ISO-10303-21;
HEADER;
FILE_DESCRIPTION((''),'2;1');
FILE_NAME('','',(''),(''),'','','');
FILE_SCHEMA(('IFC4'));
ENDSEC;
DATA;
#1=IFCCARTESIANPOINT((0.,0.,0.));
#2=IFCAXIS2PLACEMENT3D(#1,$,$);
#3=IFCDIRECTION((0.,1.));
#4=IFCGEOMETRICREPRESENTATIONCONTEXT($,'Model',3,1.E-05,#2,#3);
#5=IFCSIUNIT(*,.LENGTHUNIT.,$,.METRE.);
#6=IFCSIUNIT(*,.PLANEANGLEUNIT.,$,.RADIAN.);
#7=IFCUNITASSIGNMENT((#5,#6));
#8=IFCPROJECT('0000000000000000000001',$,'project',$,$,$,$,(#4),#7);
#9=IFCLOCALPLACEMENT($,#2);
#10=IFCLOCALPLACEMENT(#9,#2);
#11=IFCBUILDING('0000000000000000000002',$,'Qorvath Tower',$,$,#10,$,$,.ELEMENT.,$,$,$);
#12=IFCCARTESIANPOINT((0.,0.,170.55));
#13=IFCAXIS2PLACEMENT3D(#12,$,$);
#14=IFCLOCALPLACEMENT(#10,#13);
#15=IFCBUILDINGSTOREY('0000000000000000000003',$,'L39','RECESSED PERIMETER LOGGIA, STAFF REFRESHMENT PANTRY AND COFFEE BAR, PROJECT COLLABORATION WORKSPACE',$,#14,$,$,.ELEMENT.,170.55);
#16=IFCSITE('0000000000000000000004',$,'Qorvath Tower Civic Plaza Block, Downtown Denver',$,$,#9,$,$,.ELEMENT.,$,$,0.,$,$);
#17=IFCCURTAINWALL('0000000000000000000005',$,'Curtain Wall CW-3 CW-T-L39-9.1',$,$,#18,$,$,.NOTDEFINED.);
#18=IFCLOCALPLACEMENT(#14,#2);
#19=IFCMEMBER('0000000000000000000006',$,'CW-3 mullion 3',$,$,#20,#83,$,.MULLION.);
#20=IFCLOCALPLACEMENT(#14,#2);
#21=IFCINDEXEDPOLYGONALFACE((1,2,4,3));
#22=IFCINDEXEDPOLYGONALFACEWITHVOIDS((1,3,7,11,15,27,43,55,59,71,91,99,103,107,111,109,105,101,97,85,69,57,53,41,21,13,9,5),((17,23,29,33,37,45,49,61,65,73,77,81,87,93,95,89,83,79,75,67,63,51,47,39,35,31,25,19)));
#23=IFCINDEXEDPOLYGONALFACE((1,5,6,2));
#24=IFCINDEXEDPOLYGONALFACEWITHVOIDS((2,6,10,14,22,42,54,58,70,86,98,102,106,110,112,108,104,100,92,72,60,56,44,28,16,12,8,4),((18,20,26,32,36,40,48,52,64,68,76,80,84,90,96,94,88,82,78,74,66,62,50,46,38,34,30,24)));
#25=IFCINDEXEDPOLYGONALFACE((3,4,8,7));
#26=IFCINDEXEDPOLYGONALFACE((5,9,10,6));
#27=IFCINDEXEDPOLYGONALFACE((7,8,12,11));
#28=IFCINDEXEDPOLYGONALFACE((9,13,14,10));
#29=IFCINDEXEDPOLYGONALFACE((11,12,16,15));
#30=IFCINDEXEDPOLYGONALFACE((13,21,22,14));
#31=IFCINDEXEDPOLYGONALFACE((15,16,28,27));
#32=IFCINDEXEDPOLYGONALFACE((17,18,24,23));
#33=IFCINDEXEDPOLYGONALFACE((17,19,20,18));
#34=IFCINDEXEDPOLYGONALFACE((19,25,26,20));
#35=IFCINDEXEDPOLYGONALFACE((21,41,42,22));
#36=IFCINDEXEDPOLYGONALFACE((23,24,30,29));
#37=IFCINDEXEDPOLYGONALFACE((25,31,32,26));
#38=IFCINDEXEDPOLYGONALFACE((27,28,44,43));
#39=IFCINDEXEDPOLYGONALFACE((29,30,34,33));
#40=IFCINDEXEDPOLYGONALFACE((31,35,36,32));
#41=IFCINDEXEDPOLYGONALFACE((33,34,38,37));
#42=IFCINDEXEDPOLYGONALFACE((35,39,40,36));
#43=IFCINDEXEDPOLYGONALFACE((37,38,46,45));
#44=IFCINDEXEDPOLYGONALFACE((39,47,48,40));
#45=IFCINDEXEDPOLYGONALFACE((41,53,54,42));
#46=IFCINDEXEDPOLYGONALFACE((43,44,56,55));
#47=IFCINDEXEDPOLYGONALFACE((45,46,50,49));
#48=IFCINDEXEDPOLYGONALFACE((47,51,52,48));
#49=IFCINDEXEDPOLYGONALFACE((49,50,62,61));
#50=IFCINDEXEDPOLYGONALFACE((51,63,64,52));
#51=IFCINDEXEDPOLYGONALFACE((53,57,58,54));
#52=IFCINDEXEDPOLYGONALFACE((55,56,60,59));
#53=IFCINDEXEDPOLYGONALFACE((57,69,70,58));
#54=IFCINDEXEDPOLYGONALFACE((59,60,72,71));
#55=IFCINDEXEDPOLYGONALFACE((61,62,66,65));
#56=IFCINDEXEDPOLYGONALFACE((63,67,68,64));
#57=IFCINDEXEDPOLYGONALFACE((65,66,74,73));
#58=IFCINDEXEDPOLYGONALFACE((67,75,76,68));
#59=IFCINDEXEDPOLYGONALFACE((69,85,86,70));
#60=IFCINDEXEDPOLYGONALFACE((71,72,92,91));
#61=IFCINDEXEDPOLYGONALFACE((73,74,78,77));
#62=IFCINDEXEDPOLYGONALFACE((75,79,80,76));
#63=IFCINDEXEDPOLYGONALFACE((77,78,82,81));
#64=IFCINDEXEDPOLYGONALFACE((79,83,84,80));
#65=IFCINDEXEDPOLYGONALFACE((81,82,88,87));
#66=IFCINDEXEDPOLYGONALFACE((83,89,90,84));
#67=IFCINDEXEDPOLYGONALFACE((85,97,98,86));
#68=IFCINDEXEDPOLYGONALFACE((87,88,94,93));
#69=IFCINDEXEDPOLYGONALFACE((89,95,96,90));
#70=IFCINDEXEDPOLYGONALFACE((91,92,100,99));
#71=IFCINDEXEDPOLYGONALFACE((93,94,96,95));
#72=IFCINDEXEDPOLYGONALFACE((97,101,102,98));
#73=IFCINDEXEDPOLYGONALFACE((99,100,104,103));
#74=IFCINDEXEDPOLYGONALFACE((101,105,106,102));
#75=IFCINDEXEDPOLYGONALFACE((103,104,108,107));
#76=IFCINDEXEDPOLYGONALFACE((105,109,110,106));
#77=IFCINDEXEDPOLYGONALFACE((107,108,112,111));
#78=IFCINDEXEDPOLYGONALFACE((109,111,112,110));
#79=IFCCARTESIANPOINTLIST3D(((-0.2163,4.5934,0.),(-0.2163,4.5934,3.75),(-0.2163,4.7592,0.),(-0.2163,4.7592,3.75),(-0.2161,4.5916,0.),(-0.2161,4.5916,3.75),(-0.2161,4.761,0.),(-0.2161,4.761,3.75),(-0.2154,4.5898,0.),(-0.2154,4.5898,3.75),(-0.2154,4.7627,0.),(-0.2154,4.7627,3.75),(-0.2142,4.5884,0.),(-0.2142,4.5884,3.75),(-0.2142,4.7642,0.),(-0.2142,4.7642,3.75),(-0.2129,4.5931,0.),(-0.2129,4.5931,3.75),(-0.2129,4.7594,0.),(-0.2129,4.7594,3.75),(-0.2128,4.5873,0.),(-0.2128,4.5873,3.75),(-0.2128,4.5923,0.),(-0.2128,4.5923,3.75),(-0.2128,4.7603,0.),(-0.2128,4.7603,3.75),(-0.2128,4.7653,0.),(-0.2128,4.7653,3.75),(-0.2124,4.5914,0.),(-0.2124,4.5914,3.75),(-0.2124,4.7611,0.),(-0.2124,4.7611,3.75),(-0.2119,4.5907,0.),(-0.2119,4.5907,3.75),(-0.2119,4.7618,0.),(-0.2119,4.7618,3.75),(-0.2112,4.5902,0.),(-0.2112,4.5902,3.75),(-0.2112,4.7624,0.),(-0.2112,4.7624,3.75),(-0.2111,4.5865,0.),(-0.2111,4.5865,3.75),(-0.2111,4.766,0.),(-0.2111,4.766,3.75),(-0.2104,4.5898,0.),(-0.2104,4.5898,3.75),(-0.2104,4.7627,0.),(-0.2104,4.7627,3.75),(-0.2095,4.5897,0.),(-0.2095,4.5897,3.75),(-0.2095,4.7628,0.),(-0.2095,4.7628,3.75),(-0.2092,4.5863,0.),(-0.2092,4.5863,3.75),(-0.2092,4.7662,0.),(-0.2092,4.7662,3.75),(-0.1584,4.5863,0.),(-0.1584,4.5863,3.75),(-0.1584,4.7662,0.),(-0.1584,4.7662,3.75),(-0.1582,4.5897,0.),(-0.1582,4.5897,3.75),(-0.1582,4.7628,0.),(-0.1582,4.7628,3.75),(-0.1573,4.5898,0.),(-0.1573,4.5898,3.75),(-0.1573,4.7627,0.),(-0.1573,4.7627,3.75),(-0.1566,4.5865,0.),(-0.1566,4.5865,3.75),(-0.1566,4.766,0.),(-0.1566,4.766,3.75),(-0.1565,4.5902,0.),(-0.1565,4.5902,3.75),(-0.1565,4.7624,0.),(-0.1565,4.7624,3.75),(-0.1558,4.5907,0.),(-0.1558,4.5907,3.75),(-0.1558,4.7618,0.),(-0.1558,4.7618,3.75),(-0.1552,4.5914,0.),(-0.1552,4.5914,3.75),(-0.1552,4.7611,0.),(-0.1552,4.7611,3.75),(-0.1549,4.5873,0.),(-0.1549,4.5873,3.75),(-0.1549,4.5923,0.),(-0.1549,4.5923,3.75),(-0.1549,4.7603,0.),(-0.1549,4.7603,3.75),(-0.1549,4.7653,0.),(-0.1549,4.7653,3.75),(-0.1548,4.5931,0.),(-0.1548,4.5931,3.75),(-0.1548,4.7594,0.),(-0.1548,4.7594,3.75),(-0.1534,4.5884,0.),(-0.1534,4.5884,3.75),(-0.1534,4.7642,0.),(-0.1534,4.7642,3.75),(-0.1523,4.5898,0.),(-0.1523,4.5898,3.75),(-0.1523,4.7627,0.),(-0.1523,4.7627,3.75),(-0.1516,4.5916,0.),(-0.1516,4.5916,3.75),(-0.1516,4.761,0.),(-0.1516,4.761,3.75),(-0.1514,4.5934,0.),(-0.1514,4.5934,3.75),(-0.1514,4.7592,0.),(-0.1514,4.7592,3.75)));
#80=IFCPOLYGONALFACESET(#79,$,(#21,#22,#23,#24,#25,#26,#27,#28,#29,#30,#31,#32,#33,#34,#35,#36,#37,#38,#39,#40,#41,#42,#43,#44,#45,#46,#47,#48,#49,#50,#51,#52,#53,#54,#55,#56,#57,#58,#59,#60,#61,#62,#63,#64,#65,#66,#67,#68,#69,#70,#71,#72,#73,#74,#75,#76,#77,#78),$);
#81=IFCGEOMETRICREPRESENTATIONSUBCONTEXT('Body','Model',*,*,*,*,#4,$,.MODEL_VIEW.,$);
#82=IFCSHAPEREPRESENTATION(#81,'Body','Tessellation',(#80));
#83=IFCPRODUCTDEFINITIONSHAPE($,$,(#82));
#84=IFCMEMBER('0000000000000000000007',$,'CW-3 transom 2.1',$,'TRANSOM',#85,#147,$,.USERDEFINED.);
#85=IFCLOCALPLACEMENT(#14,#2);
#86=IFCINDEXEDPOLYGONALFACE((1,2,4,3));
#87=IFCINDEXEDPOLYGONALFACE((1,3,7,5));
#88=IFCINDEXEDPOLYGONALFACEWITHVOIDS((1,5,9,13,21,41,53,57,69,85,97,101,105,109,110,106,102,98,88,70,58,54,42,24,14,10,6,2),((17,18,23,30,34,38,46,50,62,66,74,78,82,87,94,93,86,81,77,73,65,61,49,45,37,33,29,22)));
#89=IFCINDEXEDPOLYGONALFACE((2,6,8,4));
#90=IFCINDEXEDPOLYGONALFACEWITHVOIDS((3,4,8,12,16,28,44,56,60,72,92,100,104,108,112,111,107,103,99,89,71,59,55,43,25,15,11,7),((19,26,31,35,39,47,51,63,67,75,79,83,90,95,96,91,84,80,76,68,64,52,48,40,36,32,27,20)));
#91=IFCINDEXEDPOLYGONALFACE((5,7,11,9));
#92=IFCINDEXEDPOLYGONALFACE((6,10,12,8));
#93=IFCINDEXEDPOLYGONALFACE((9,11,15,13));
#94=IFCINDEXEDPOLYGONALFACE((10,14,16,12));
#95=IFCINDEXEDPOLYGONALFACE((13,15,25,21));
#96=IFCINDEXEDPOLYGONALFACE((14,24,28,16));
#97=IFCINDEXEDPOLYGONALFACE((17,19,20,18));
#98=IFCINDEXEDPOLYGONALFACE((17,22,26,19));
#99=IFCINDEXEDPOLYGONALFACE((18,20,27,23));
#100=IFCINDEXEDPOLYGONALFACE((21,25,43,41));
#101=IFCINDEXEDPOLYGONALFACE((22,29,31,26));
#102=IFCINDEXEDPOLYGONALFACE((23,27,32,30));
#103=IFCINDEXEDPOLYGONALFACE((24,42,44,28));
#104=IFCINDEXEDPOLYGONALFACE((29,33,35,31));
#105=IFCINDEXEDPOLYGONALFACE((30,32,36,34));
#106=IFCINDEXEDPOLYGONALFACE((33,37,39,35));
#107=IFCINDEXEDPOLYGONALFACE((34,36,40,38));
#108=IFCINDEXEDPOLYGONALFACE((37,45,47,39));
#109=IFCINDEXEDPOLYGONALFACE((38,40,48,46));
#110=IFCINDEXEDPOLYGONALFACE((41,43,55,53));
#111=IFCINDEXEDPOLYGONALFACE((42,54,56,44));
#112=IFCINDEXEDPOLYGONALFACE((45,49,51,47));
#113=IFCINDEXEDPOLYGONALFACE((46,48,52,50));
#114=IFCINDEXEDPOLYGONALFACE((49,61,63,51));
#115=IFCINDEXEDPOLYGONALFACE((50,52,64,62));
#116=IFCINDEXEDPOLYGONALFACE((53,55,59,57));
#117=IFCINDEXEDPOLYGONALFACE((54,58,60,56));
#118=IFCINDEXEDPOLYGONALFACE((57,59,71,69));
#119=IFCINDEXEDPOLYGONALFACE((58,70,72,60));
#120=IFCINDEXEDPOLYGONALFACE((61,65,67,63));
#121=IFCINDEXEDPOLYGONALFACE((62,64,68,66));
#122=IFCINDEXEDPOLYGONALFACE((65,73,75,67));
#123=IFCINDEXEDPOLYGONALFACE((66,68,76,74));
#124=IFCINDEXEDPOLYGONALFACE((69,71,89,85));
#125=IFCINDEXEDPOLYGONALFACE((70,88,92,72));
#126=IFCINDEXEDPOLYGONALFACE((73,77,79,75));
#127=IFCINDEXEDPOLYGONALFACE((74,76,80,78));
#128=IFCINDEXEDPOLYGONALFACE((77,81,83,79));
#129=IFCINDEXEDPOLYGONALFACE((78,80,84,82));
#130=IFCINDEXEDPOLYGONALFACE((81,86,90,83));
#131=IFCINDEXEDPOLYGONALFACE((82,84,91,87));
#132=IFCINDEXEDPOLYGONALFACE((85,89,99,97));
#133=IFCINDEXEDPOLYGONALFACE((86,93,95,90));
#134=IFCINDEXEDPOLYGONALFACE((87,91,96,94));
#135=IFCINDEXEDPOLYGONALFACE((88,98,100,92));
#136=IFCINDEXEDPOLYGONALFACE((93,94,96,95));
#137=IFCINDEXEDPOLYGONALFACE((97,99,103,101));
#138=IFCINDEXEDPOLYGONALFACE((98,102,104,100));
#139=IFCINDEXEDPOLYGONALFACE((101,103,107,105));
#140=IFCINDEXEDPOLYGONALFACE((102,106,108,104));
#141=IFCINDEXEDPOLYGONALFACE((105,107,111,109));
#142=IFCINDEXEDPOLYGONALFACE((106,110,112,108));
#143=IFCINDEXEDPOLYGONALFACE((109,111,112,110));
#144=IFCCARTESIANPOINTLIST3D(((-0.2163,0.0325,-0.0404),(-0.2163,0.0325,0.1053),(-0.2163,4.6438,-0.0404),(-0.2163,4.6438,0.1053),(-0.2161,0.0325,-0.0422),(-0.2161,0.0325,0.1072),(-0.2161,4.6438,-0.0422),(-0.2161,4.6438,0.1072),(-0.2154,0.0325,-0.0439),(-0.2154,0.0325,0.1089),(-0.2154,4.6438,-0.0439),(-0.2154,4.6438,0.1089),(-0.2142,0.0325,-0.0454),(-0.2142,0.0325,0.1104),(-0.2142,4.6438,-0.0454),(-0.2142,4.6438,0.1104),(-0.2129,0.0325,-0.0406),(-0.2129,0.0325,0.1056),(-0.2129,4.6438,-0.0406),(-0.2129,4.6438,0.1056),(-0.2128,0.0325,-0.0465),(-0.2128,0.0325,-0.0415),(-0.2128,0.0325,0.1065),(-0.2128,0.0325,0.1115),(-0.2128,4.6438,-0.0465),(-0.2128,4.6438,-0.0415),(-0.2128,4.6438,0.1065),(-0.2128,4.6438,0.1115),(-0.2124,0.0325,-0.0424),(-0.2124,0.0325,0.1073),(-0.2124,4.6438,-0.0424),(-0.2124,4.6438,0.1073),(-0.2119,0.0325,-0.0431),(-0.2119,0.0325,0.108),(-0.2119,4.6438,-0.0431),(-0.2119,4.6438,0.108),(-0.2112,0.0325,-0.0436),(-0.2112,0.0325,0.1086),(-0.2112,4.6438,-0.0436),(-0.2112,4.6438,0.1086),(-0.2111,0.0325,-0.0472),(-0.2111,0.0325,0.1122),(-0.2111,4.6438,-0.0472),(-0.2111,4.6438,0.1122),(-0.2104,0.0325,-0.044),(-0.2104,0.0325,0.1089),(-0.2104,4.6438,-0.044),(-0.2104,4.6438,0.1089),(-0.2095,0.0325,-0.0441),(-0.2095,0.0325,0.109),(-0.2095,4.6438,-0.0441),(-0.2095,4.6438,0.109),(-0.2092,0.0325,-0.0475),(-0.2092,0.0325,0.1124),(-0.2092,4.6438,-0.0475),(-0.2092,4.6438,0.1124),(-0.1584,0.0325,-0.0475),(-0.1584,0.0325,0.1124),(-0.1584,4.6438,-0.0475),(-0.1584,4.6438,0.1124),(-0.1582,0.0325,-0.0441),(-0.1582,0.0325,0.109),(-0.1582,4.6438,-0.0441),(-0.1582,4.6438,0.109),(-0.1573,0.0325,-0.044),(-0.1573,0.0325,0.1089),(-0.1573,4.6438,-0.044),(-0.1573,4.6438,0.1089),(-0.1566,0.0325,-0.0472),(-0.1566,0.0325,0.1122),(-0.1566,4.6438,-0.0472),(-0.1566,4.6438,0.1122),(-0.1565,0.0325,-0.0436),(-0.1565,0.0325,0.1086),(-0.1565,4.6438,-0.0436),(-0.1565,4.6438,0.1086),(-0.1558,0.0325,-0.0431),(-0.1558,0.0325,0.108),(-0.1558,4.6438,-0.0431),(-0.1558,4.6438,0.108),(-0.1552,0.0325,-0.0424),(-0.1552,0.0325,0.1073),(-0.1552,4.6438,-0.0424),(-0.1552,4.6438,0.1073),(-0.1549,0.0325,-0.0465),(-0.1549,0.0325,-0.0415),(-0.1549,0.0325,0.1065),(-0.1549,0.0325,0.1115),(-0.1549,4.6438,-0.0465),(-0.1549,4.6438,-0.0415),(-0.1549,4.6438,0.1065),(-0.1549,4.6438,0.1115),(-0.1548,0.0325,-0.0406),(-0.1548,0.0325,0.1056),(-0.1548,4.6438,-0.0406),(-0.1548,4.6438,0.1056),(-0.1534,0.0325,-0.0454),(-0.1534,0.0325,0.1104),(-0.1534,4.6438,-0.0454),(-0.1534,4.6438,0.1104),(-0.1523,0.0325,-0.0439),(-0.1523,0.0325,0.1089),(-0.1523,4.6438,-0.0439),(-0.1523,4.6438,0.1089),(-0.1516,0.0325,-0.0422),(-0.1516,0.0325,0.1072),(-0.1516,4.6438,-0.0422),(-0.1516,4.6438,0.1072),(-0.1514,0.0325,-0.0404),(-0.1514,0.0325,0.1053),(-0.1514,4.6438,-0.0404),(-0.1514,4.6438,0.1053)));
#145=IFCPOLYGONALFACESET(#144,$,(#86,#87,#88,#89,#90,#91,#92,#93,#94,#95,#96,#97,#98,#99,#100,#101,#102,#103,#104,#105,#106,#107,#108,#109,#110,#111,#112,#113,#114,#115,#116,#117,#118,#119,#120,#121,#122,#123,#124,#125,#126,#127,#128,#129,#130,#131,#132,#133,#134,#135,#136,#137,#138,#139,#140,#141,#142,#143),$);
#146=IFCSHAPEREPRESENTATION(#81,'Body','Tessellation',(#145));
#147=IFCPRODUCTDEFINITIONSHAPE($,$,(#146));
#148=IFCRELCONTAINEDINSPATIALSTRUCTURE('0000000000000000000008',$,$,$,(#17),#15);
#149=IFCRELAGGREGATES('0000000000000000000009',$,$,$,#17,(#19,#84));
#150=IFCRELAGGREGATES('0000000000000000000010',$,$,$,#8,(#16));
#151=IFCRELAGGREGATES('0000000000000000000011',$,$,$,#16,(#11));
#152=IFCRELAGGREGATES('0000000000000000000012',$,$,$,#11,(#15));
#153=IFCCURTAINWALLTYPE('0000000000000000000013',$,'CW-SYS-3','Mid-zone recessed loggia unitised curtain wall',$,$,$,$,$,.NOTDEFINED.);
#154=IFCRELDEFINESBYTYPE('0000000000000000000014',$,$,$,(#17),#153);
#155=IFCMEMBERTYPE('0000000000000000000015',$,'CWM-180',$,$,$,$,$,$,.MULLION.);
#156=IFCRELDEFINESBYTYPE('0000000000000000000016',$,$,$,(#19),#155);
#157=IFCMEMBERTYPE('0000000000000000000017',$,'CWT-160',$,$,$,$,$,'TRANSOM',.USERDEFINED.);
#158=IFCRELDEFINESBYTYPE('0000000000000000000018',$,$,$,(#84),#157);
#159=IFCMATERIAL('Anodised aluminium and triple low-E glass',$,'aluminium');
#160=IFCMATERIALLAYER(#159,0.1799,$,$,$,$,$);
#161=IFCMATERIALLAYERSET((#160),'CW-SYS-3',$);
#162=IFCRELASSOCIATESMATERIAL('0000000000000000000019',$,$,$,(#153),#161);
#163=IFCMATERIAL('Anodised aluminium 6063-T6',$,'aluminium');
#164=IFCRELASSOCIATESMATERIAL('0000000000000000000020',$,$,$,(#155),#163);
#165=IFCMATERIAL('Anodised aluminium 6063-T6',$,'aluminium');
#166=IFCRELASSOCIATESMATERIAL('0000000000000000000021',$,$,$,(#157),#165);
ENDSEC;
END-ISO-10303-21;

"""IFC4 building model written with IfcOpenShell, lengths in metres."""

from ifc_helpers import new_model, si_unit, direction, frame, origin, origin_2d, place, context, subcontext, project, spatial, hollow_rectangle, extrude, material, layer, layer_set, material_profile, profile_set, type_object, element, aggregate, save


model = new_model("IFC4")

# Units and contexts
model_context = context("Model", 3, precision=1e-05, world=origin(), true_north=direction((0.0, 1.0)))
body_context = subcontext(model_context, "Body", "Model", "MODEL_VIEW")
ifc_project = project(units=[si_unit("LENGTHUNIT", "METRE"), si_unit("PLANEANGLEUNIT", "RADIAN")], contexts=[model_context])

# Site, building, storey
site_placement = place(None, origin())
site = spatial("IfcSite", under=ifc_project, at=site_placement, Name="Qorvath Tower Civic Plaza Block, Downtown Denver", CompositionType="ELEMENT", RefElevation=0.0)
building_placement = place(site_placement, origin())
building = spatial("IfcBuilding", under=site, at=building_placement, Name="Qorvath Tower", CompositionType="ELEMENT")
storey_placement = place(building_placement, frame((0.0, 0.0, 170.55)))
storey = spatial("IfcBuildingStorey", under=building, at=storey_placement, Name="L39", Description="RECESSED PERIMETER LOGGIA, STAFF REFRESHMENT PANTRY AND COFFEE BAR, PROJECT COLLABORATION WORKSPACE", CompositionType="ELEMENT", Elevation=170.55)

# Curtain wall, members
ifc_material_1 = material(Name="Anodised aluminium and triple low-E glass", Category="aluminium")
ifc_layer_1 = layer(ifc_material_1, 0.1799)
ifc_layer_set_1 = layer_set([ifc_layer_1], Name="CW-SYS-3")
curtain_wall_type = type_object("IfcCurtainWallType", Name="CW-SYS-3", Description="Mid-zone recessed loggia unitised curtain wall", PredefinedType="NOTDEFINED", material=ifc_layer_set_1)
curtain_wall_placement = place(storey_placement, origin())
curtain_wall = element("IfcCurtainWall", 1, at=curtain_wall_placement, inside=storey, type_object=curtain_wall_type, Name="Curtain Wall CW-3 CW-T-L39-9.1", PredefinedType="NOTDEFINED")
ifc_material_2 = material(Name="Anodised aluminium 6063-T6", Category="aluminium")
ifc_material_profile_1 = material_profile(ifc_material_2, hollow_rectangle(XDim=0.0649, YDim=0.1799, WallThickness=0.0034, InnerFilletRadius=0.0034, OuterFilletRadius=0.0071, at=origin_2d()), Name="CWM 180x65")
ifc_profile_set_1 = profile_set([ifc_material_profile_1], Name="Anodised aluminium 6063-T6")
member_type_1 = type_object("IfcMemberType", Name="CWM-180", PredefinedType="MULLION", material=ifc_profile_set_1)
member_1_placement = place(storey_placement, frame((-0.1838, 4.6763, 0.0), z_axis=(0.0, 0.0, 1.0), x_axis=(-1.0, 0.0, 0.0)))
member_1 = element("IfcMember", 2, at=member_1_placement, type_object=member_type_1, Name="CW-3 mullion 3", PredefinedType="MULLION", context=body_context, shape_type="SweptSolid", body=[
    extrude(hollow_rectangle(XDim=0.0649, YDim=0.1799, WallThickness=0.0034, InnerFilletRadius=0.0034, OuterFilletRadius=0.0071, at=origin_2d()), origin(), (0.0, 0.0, 1.0), 3.75),
])
ifc_material_3 = material(Name="Anodised aluminium 6063-T6", Category="aluminium")
ifc_material_profile_2 = material_profile(ifc_material_3, hollow_rectangle(XDim=0.0649, YDim=0.1599, WallThickness=0.0034, InnerFilletRadius=0.0034, OuterFilletRadius=0.0071, at=origin_2d()), Name="CWT 160x65")
ifc_profile_set_2 = profile_set([ifc_material_profile_2], Name="Anodised aluminium 6063-T6")
member_type_2 = type_object("IfcMemberType", Name="CWT-160", ElementType="TRANSOM", PredefinedType="USERDEFINED", material=ifc_profile_set_2)
member_2_placement = place(storey_placement, frame((-0.1838, 0.0325, 0.0325), z_axis=(0.0, 1.0, 0.0), x_axis=(-1.0, 0.0, 0.0)))
member_2 = element("IfcMember", 3, at=member_2_placement, type_object=member_type_2, Name="CW-3 transom 2.1", ObjectType="TRANSOM", PredefinedType="USERDEFINED", context=body_context, shape_type="SweptSolid", body=[
    extrude(hollow_rectangle(XDim=0.0649, YDim=0.1599, WallThickness=0.0034, InnerFilletRadius=0.0034, OuterFilletRadius=0.0071, at=origin_2d()), origin(), (0.0, 0.0, 1.0), 4.6113),
])
aggregate(curtain_wall, [member_1, member_2])

save(model, "model.ifc")
